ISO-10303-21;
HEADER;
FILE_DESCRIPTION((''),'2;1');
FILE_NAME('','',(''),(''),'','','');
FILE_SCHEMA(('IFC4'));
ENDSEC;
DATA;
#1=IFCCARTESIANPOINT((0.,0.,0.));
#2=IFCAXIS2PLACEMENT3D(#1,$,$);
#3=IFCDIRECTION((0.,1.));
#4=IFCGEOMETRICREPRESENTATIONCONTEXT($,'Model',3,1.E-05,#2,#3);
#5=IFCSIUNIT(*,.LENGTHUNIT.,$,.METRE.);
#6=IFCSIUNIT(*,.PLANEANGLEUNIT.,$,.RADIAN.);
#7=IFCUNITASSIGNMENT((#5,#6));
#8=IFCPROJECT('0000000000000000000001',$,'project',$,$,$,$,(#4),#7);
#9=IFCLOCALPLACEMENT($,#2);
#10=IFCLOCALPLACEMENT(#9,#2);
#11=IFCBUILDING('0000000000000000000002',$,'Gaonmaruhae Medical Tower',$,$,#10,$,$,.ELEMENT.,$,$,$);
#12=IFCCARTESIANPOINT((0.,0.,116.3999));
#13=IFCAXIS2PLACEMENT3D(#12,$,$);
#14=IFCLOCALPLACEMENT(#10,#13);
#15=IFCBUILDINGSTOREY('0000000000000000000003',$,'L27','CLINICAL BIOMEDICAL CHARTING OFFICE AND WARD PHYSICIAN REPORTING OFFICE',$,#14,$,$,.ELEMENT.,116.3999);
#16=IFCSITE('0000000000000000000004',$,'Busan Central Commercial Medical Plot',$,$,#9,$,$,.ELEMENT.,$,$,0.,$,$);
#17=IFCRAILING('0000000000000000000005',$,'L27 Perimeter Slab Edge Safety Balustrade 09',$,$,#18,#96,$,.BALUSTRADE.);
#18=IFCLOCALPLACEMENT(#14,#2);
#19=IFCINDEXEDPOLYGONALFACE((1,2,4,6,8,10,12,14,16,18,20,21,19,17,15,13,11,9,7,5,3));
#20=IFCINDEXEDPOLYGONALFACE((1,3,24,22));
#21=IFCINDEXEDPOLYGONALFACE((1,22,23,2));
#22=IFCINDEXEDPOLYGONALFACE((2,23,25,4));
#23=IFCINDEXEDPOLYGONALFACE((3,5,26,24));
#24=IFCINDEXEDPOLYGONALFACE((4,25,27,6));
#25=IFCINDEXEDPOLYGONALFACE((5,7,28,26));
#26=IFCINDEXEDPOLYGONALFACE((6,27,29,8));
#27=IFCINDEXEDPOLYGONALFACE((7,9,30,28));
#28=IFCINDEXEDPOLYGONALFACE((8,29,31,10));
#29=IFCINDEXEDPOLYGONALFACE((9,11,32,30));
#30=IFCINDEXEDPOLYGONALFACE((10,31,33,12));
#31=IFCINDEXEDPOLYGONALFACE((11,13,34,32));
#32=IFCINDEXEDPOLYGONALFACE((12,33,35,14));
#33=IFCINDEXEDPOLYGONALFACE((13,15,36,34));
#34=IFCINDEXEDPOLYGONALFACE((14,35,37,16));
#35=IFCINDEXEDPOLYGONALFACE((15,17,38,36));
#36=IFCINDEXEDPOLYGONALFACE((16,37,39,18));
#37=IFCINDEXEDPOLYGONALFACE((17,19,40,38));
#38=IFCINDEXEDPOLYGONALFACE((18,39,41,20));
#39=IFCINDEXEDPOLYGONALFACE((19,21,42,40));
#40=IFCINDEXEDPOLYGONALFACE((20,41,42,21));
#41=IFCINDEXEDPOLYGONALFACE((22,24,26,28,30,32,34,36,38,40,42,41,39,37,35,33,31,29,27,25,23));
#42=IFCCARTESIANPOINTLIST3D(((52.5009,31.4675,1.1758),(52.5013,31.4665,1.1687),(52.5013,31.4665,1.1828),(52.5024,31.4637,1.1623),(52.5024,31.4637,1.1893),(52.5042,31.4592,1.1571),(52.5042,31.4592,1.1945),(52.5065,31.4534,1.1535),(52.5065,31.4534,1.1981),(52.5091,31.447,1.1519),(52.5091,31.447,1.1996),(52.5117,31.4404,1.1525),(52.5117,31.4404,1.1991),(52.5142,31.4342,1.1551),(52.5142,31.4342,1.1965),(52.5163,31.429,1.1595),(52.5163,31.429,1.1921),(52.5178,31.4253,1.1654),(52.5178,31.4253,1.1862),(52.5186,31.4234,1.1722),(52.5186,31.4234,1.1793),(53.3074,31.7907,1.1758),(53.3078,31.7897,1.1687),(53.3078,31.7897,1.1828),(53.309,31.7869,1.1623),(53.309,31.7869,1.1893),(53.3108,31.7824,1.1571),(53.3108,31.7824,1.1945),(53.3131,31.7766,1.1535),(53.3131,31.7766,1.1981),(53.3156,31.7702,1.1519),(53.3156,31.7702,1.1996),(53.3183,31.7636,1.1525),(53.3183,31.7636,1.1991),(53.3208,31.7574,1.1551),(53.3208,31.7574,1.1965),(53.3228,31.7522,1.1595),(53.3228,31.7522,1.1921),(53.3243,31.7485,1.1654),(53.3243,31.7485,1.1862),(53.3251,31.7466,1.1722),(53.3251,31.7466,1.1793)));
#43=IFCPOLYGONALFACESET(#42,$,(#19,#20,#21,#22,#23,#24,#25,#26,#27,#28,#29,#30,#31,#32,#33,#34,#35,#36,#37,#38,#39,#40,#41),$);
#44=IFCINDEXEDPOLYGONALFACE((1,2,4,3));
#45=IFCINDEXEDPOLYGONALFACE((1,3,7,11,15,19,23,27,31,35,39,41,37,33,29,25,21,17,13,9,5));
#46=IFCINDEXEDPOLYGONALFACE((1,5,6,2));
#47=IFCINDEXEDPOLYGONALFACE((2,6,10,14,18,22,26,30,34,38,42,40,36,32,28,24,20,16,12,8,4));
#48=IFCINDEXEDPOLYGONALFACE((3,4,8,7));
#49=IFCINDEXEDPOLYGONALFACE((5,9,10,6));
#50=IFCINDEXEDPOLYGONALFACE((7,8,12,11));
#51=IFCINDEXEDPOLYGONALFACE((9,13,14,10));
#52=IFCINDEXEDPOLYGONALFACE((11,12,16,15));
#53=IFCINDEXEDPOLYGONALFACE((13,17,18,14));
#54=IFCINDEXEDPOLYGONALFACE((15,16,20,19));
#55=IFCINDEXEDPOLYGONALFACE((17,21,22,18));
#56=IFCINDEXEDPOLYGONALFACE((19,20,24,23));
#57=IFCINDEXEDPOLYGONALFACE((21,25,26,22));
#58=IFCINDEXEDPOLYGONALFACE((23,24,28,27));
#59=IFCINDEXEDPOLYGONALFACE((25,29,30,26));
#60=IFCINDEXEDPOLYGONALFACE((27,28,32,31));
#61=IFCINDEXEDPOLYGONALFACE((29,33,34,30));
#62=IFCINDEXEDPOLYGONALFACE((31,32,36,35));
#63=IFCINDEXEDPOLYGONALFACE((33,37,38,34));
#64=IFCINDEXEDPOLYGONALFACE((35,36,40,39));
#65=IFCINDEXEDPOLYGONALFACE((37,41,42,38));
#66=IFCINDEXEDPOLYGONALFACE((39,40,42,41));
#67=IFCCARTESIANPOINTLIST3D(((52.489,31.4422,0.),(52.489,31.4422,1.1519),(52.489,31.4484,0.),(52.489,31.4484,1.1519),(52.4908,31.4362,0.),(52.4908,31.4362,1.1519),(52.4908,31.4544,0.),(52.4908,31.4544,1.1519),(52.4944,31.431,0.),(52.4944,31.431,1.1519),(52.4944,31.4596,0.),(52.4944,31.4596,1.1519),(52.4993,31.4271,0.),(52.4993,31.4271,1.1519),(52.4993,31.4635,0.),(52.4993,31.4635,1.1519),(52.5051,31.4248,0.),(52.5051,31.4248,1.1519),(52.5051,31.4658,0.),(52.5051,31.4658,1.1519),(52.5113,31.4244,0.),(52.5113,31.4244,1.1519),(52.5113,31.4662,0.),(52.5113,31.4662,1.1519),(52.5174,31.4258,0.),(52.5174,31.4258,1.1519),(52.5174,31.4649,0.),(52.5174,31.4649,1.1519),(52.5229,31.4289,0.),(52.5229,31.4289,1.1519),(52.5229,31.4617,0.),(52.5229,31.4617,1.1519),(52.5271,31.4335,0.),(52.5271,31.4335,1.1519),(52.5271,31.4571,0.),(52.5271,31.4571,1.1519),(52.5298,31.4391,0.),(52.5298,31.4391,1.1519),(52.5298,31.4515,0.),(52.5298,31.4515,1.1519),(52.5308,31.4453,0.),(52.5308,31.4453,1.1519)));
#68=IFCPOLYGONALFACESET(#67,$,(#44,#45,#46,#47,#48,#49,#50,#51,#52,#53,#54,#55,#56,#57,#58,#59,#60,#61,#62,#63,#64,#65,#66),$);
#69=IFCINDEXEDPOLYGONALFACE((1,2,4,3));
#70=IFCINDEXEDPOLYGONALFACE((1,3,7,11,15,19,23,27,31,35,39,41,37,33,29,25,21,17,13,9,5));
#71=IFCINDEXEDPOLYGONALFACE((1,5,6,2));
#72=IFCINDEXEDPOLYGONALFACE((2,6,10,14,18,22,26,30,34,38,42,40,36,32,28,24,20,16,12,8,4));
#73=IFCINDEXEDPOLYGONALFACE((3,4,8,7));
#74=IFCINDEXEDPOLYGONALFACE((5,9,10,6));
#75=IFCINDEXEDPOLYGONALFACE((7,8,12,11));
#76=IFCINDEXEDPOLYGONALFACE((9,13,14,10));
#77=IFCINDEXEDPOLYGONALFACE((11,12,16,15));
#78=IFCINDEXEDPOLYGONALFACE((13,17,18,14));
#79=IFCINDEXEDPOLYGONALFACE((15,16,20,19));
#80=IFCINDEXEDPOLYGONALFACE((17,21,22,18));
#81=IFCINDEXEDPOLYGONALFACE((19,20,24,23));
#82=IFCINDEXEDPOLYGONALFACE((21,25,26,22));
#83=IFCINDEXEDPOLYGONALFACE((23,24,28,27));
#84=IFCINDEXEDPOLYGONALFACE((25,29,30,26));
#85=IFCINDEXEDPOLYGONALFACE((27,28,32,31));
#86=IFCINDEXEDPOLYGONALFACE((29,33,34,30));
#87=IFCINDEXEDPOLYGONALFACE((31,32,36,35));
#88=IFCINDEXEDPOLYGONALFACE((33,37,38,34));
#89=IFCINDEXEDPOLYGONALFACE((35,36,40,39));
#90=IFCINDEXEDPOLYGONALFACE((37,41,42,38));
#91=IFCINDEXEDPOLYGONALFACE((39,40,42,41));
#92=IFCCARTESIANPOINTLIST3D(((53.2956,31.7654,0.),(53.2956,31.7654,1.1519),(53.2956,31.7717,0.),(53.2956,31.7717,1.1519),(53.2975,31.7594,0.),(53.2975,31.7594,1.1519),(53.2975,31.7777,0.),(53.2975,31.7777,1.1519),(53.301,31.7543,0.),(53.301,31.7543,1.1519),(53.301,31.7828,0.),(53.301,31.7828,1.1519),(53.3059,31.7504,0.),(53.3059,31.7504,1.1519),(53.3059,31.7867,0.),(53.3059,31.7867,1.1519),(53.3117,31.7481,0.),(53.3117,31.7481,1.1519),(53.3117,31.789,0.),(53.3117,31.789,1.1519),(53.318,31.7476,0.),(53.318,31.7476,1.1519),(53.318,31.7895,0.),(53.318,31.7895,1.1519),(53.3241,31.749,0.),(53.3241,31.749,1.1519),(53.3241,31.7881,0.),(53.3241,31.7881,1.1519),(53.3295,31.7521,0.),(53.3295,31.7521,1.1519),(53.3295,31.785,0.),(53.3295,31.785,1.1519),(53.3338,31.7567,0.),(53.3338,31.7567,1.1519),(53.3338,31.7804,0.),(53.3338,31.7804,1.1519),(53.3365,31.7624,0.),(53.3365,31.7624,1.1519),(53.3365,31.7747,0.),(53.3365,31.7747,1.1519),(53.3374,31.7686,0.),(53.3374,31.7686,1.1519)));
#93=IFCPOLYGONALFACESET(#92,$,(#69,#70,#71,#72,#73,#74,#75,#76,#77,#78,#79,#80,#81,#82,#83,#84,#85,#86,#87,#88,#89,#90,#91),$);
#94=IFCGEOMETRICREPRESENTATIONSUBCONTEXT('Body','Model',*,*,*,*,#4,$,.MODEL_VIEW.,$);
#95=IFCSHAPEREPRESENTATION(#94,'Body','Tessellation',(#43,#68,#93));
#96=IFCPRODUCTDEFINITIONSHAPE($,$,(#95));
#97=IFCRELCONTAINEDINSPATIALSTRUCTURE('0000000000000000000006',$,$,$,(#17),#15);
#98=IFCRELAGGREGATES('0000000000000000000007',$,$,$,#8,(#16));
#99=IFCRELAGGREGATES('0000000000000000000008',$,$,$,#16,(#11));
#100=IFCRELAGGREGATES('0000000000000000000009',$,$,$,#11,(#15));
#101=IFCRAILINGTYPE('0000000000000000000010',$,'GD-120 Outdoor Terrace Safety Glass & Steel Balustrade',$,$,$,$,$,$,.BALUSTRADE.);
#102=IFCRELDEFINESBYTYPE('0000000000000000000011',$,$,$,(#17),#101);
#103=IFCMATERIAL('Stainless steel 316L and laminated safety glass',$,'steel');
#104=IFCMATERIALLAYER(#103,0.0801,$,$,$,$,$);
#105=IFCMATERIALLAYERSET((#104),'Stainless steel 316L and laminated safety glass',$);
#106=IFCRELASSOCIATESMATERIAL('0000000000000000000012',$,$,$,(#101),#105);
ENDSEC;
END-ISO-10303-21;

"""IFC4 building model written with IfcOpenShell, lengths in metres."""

from ifc_helpers import new_model, si_unit, direction, frame, origin, origin_2d, place, context, subcontext, project, spatial, circle, extrude, material, layer, layer_set, type_object, element, save


model = new_model("IFC4")

# Units and contexts
model_context = context("Model", 3, precision=1e-05, world=origin(), true_north=direction((0.0, 1.0)))
body_context = subcontext(model_context, "Body", "Model", "MODEL_VIEW")
ifc_project = project(units=[si_unit("LENGTHUNIT", "METRE"), si_unit("PLANEANGLEUNIT", "RADIAN")], contexts=[model_context])

# Site, building, storey
site_placement = place(None, origin())
site = spatial("IfcSite", under=ifc_project, at=site_placement, Name="Busan Central Commercial Medical Plot", CompositionType="ELEMENT", RefElevation=0.0)
building_placement = place(site_placement, origin())
building = spatial("IfcBuilding", under=site, at=building_placement, Name="Gaonmaruhae Medical Tower", CompositionType="ELEMENT")
storey_placement = place(building_placement, frame((0.0, 0.0, 116.3999)))
storey = spatial("IfcBuildingStorey", under=building, at=storey_placement, Name="L27", Description="CLINICAL BIOMEDICAL CHARTING OFFICE AND WARD PHYSICIAN REPORTING OFFICE", CompositionType="ELEMENT", Elevation=116.3999)

# Railing
ifc_material_1 = material(Name="Stainless steel 316L and laminated safety glass", Category="steel")
ifc_layer_1 = layer(ifc_material_1, 0.0801)
ifc_layer_set_1 = layer_set([ifc_layer_1], Name="Stainless steel 316L and laminated safety glass")
railing_type = type_object("IfcRailingType", Name="GD-120 Outdoor Terrace Safety Glass & Steel Balustrade", PredefinedType="BALUSTRADE", material=ifc_layer_set_1)
railing_1_placement = place(storey_placement, frame((52.5098, 31.4453, 0.0)))
element("IfcRailing", 1, at=railing_1_placement, inside=storey, type_object=railing_type, Name="L27 Perimeter Slab Edge Safety Balustrade 09", PredefinedType="BALUSTRADE", context=body_context, shape_type="SweptSolid", body=[
    extrude(circle(Radius=0.0239, at=origin_2d()), frame((0.0, 0.0, 1.1758), z_axis=(0.928244, 0.371972, 0.0), x_axis=(-0.371972, 0.928244, 0.0)), (0.0, 0.0, 1.0), 0.8689),
    extrude(circle(Radius=0.021, at=origin_2d()), origin(), (0.0, 0.0, 1.0), 1.1519),
    extrude(circle(Radius=0.021, at=origin_2d()), frame((0.8066, 0.3232, 0.0)), (0.0, 0.0, 1.0), 1.1519),
])

save(model, "model.ifc")
